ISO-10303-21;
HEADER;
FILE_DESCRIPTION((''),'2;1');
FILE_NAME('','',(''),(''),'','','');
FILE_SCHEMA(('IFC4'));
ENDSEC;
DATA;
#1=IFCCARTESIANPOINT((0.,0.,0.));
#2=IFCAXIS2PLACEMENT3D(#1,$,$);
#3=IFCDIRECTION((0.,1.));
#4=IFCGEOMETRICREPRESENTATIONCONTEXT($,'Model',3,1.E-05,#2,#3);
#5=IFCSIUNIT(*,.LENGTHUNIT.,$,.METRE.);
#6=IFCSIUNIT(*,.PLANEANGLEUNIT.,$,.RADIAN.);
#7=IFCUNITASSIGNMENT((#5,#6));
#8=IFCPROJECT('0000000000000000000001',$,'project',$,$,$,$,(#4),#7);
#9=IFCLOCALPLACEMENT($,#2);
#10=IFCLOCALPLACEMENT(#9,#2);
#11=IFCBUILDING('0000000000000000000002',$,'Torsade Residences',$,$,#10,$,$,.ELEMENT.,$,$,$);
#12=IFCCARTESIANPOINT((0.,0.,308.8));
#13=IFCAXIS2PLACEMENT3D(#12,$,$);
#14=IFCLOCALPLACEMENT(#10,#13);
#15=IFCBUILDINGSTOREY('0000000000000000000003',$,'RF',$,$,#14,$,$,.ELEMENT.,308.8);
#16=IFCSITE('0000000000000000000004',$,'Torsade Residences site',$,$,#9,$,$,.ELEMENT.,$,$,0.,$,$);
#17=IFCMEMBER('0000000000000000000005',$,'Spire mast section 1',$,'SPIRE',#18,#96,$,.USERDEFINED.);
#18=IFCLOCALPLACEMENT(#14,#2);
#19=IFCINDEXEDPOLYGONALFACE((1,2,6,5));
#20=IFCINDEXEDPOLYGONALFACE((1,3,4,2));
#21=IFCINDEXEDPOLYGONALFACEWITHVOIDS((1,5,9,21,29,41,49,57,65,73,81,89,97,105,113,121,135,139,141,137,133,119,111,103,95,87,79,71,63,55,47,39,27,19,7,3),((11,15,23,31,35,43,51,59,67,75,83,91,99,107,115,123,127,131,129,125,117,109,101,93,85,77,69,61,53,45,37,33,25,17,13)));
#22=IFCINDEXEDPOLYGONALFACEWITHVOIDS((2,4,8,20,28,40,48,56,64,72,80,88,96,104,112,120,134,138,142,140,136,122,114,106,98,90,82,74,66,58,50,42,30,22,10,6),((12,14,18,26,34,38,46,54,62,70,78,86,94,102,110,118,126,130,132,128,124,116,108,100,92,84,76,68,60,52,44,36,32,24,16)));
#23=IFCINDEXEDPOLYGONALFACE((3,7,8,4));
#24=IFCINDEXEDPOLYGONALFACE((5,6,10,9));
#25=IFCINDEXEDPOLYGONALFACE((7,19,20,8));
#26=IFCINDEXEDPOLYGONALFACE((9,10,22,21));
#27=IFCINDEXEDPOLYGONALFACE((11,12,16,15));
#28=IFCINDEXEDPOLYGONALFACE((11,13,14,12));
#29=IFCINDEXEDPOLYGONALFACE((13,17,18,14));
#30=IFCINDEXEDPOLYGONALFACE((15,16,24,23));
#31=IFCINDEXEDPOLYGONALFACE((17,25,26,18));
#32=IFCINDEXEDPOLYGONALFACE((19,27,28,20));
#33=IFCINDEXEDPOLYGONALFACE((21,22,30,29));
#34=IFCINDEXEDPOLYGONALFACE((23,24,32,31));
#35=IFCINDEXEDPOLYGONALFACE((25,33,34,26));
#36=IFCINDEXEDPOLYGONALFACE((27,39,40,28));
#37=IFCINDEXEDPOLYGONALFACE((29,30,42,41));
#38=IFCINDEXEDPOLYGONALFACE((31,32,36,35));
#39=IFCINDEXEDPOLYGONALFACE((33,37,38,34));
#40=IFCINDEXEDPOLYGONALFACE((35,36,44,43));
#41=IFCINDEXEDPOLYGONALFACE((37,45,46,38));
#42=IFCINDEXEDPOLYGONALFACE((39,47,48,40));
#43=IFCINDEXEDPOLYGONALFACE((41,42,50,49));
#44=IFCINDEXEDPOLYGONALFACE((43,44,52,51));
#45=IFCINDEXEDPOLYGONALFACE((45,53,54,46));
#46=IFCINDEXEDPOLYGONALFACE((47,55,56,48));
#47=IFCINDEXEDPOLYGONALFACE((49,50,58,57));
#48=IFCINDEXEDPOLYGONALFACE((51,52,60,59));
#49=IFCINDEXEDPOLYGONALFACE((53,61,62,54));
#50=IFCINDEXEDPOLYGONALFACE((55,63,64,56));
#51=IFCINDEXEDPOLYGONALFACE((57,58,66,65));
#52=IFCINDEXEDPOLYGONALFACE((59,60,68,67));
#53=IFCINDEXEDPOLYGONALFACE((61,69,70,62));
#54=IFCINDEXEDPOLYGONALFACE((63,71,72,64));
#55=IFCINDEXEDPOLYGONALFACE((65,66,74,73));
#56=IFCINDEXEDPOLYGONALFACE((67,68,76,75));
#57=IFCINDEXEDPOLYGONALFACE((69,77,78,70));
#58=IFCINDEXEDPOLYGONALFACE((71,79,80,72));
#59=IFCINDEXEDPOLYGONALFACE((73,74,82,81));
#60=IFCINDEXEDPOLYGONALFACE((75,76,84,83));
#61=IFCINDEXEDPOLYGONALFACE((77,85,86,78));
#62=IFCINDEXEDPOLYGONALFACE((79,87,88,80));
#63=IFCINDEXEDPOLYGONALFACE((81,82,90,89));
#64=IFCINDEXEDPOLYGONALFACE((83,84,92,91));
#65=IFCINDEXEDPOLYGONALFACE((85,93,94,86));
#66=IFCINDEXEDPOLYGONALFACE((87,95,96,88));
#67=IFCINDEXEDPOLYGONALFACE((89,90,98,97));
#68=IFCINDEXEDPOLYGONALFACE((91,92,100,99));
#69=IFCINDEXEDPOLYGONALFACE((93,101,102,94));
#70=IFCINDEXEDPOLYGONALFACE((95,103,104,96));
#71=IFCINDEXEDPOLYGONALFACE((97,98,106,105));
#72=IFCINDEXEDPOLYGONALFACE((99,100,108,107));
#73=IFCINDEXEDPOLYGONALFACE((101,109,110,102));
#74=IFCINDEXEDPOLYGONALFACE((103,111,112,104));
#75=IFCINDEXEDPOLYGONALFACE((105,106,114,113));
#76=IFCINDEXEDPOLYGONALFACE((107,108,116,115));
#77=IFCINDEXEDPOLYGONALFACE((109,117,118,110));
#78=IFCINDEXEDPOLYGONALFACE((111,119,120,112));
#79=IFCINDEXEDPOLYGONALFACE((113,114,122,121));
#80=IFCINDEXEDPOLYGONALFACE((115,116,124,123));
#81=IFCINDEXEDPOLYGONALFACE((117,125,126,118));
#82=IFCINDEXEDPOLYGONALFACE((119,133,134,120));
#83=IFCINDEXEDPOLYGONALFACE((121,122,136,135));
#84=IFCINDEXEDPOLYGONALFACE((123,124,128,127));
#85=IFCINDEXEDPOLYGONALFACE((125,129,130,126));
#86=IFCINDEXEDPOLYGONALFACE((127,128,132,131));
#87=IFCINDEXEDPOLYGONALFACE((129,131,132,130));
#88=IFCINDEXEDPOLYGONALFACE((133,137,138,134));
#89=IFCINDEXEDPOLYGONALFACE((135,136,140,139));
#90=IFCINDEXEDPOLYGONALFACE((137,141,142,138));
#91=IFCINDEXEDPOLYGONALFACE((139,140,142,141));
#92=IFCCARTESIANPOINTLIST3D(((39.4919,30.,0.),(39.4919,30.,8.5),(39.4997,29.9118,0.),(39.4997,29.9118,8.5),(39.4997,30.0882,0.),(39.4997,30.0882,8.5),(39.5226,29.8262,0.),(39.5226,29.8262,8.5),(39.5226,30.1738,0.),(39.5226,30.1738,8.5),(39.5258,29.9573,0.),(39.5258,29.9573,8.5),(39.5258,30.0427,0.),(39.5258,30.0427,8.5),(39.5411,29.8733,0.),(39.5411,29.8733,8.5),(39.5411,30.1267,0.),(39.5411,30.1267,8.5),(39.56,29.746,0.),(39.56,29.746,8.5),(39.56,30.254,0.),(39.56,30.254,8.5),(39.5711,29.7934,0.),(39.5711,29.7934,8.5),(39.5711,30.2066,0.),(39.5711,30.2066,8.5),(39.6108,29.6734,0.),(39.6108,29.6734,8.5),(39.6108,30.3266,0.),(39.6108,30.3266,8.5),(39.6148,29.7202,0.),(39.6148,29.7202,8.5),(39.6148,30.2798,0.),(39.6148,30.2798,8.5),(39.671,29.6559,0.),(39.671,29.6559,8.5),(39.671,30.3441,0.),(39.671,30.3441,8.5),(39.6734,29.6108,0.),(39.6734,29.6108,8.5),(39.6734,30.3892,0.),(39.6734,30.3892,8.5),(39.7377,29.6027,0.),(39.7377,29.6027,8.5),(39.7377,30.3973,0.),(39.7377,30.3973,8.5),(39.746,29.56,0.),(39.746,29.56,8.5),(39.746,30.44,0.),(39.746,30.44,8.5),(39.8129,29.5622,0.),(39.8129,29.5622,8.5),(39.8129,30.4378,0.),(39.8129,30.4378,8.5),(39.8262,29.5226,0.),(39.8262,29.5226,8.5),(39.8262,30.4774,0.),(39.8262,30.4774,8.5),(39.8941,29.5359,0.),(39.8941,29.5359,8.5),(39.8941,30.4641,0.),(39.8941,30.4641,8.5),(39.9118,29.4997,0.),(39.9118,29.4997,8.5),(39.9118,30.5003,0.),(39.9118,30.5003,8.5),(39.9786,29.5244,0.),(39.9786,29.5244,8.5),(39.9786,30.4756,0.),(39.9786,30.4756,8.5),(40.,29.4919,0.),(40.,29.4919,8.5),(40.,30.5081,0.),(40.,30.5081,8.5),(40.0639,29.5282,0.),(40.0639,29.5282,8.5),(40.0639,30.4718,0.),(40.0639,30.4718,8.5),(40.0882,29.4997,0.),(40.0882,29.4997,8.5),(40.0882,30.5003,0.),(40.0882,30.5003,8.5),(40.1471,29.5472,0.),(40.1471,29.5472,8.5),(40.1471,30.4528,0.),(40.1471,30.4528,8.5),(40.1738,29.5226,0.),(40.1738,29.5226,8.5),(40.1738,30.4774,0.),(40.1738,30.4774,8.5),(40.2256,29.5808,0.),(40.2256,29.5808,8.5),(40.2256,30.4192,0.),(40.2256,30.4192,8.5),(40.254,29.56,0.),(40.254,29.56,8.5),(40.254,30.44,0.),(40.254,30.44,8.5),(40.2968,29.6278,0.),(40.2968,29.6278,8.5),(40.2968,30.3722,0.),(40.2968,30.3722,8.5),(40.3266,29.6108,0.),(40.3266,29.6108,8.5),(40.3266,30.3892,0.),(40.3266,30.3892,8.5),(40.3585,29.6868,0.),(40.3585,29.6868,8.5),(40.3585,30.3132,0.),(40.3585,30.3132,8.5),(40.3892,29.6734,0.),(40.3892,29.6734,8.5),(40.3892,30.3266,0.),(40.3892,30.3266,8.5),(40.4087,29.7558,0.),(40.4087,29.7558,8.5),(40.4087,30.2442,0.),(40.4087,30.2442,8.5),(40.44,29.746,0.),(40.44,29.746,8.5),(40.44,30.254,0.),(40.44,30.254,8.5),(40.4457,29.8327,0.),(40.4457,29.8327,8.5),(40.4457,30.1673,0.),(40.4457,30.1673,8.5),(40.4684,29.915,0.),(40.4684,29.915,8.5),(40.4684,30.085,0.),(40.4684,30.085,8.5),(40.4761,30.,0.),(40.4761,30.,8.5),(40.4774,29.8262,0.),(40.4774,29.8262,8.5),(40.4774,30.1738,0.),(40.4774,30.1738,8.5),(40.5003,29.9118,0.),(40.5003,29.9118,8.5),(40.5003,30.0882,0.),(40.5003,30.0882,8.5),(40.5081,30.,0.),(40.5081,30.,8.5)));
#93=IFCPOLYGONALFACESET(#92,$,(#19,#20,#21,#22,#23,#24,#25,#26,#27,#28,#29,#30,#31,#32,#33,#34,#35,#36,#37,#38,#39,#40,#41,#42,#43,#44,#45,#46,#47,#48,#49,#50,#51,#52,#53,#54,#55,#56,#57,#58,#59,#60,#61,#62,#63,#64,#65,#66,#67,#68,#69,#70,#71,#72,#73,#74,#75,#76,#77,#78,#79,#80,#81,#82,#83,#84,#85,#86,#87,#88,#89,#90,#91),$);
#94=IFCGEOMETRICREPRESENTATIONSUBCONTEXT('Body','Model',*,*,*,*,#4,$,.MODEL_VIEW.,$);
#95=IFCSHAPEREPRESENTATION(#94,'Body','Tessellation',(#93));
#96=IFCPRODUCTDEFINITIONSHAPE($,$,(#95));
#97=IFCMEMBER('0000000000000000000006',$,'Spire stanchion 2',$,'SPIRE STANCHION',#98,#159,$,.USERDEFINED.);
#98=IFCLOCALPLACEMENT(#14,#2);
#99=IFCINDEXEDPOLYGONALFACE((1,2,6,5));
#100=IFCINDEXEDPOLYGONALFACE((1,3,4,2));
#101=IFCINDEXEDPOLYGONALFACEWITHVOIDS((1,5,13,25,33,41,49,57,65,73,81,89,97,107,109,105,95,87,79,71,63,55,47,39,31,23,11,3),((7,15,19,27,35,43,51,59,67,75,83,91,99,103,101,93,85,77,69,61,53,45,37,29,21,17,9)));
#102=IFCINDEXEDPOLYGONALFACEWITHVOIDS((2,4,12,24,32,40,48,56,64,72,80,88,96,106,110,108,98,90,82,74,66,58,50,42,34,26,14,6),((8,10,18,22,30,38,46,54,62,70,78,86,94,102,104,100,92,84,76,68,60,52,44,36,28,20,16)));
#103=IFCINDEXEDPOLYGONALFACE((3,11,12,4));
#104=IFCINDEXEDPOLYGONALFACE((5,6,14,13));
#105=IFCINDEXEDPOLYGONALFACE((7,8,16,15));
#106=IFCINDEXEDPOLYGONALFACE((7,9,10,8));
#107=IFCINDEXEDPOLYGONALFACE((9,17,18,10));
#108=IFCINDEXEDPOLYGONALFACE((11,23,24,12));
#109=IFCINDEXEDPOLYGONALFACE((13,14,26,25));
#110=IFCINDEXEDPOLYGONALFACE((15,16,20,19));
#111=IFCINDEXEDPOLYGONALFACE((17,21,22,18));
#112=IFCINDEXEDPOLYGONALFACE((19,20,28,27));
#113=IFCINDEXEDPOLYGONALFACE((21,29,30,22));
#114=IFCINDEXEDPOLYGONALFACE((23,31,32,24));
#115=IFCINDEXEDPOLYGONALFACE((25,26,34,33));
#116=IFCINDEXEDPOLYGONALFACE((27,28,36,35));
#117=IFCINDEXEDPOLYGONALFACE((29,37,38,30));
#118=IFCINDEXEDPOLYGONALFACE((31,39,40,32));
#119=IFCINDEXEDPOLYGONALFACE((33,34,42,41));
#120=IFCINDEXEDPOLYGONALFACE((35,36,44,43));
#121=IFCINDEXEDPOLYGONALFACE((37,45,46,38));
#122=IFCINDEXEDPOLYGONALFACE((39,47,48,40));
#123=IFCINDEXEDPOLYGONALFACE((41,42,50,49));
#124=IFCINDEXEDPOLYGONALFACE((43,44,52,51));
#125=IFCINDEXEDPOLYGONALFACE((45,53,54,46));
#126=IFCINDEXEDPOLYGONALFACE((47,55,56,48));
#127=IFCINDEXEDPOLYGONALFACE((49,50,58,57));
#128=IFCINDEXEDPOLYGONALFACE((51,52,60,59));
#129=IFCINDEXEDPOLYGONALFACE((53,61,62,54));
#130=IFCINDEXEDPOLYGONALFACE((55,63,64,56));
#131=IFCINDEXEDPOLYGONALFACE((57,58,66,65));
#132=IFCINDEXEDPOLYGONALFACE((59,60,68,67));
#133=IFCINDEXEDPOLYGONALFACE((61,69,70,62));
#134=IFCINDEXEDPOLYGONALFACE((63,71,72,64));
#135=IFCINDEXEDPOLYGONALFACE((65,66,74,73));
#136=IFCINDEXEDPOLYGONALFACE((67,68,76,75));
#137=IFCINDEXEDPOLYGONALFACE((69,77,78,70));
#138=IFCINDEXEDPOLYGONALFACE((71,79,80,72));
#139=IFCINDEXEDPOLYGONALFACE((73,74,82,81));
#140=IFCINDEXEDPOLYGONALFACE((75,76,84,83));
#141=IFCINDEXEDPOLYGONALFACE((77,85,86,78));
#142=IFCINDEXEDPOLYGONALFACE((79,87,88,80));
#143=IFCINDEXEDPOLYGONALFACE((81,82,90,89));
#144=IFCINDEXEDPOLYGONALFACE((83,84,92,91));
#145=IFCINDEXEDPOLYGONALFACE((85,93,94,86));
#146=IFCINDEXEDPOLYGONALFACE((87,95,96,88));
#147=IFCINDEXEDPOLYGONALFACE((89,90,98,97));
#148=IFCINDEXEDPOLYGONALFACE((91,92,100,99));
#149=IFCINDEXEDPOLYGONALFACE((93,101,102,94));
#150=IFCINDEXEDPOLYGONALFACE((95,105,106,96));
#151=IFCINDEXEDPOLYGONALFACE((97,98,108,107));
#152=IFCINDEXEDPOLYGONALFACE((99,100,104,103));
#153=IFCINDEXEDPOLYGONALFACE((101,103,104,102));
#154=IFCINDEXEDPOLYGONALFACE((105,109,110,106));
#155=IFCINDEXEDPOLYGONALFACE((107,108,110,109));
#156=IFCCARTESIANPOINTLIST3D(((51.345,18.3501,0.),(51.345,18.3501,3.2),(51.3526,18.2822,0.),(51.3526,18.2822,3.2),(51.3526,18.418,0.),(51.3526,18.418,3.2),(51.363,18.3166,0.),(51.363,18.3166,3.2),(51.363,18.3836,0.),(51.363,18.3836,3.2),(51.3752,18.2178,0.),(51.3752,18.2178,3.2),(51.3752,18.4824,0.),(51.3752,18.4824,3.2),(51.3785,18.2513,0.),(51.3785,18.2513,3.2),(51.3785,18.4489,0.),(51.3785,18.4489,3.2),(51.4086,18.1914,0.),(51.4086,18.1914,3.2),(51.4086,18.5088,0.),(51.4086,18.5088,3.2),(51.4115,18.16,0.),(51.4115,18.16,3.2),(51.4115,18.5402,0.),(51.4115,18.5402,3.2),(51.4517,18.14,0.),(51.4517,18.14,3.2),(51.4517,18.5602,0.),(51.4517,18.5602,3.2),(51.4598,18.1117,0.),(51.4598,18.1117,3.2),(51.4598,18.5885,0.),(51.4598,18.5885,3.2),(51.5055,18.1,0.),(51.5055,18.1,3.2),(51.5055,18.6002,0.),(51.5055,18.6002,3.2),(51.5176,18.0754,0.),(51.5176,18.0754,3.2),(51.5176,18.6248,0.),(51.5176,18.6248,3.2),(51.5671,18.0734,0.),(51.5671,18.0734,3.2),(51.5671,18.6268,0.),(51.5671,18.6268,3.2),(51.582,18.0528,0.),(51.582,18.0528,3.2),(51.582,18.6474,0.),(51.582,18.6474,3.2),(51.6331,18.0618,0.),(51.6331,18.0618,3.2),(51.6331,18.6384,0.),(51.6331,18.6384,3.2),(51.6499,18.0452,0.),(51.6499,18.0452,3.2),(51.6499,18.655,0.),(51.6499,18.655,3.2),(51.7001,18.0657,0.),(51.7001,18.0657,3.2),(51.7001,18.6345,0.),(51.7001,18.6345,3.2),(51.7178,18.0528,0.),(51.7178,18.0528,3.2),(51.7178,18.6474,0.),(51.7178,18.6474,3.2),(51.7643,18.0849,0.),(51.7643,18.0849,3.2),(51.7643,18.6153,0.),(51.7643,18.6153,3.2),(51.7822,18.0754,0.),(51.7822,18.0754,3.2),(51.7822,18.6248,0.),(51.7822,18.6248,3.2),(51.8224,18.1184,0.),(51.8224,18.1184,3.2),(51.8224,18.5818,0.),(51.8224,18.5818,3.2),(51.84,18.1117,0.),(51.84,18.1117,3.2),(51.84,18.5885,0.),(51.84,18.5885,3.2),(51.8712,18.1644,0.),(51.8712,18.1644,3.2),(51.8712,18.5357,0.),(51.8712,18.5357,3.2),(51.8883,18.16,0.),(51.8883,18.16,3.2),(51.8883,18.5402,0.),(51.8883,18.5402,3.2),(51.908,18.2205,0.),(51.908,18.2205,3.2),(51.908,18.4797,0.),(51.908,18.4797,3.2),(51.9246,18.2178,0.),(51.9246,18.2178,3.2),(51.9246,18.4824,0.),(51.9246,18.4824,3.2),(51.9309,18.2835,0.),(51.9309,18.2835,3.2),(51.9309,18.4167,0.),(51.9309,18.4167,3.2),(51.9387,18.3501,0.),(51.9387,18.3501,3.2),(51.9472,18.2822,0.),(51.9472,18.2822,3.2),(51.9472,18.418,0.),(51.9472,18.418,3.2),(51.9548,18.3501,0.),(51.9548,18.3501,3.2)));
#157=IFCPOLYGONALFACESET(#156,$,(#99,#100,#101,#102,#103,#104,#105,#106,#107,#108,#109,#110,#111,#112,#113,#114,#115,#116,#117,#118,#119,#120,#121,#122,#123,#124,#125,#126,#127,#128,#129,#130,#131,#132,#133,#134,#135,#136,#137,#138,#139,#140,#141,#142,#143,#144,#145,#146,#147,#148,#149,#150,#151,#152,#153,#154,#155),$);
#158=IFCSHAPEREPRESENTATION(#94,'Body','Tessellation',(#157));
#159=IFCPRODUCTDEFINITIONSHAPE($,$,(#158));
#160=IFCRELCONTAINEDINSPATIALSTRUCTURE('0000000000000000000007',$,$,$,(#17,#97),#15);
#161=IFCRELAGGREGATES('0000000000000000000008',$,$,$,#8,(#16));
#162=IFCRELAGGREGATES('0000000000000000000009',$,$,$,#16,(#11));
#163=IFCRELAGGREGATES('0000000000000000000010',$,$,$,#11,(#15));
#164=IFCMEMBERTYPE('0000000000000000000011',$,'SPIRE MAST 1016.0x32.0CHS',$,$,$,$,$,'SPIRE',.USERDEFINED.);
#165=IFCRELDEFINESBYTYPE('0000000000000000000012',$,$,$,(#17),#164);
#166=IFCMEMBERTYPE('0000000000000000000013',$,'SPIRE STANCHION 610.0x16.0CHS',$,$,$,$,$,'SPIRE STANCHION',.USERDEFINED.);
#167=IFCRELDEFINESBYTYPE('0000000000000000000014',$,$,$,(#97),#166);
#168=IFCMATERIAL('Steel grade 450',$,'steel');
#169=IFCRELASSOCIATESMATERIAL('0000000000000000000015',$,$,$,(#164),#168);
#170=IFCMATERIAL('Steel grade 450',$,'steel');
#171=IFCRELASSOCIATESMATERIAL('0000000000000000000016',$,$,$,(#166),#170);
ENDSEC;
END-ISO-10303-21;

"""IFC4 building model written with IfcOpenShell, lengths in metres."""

from ifc_helpers import new_model, si_unit, direction, frame, origin, origin_2d, place, context, subcontext, project, spatial, hollow_circle, extrude, material, material_profile, profile_set, type_object, element, save


model = new_model("IFC4")

# Units and contexts
model_context = context("Model", 3, precision=1e-05, world=origin(), true_north=direction((0.0, 1.0)))
body_context = subcontext(model_context, "Body", "Model", "MODEL_VIEW")
ifc_project = project(units=[si_unit("LENGTHUNIT", "METRE"), si_unit("PLANEANGLEUNIT", "RADIAN")], contexts=[model_context])

# Site, building, storey
site_placement = place(None, origin())
site = spatial("IfcSite", under=ifc_project, at=site_placement, Name="Torsade Residences site", CompositionType="ELEMENT", RefElevation=0.0)
building_placement = place(site_placement, origin())
building = spatial("IfcBuilding", under=site, at=building_placement, Name="Torsade Residences", CompositionType="ELEMENT")
storey_placement = place(building_placement, frame((0.0, 0.0, 308.8)))
storey = spatial("IfcBuildingStorey", under=building, at=storey_placement, Name="RF", CompositionType="ELEMENT", Elevation=308.8)

# Members
ifc_material_1 = material(Name="Steel grade 450", Category="steel")
ifc_material_profile_1 = material_profile(ifc_material_1, hollow_circle(Radius=0.5081, WallThickness=0.032, at=origin_2d()), Name="1016.0x32.0CHS")
ifc_profile_set_1 = profile_set([ifc_material_profile_1], Name="Steel grade 450")
member_type_1 = type_object("IfcMemberType", Name="SPIRE MAST 1016.0x32.0CHS", ElementType="SPIRE", PredefinedType="USERDEFINED", material=ifc_profile_set_1)
member_placement = place(storey_placement, frame((40.0, 30.0, 0.0), z_axis=(0.0, 0.0, 1.0), x_axis=(1.0, 0.0, 0.0)))
element("IfcMember", 1, at=member_placement, inside=storey, type_object=member_type_1, Name="Spire mast section 1", ObjectType="SPIRE", PredefinedType="USERDEFINED", context=body_context, shape_type="SweptSolid", body=[
    extrude(hollow_circle(Radius=0.5081, WallThickness=0.032, at=origin_2d()), origin(), (0.0, 0.0, 1.0), 8.5),
])
ifc_material_2 = material(Name="Steel grade 450", Category="steel")
ifc_material_profile_2 = material_profile(ifc_material_2, hollow_circle(Radius=0.3049, WallThickness=0.0161, at=origin_2d()), Name="610.0x16.0CHS")
ifc_profile_set_2 = profile_set([ifc_material_profile_2], Name="Steel grade 450")
member_type_2 = type_object("IfcMemberType", Name="SPIRE STANCHION 610.0x16.0CHS", ElementType="SPIRE STANCHION", PredefinedType="USERDEFINED", material=ifc_profile_set_2)
for number, where, z_axis, x_axis, name in (
    (2, (51.6499, 18.3501, 0.0), (0.0, 0.0, 1.0), (1.0, 0.0, 0.0), "Spire stanchion 2"),
):
    element("IfcMember", number, at=place(storey_placement, frame(where, z_axis=z_axis, x_axis=x_axis)), inside=storey, type_object=member_type_2, Name=name, ObjectType="SPIRE STANCHION", PredefinedType="USERDEFINED", context=body_context, shape_type="SweptSolid", body=[
        extrude(hollow_circle(Radius=0.3049, WallThickness=0.0161, at=origin_2d()), origin(), (0.0, 0.0, 1.0), 3.2),
    ])

save(model, "model.ifc")
